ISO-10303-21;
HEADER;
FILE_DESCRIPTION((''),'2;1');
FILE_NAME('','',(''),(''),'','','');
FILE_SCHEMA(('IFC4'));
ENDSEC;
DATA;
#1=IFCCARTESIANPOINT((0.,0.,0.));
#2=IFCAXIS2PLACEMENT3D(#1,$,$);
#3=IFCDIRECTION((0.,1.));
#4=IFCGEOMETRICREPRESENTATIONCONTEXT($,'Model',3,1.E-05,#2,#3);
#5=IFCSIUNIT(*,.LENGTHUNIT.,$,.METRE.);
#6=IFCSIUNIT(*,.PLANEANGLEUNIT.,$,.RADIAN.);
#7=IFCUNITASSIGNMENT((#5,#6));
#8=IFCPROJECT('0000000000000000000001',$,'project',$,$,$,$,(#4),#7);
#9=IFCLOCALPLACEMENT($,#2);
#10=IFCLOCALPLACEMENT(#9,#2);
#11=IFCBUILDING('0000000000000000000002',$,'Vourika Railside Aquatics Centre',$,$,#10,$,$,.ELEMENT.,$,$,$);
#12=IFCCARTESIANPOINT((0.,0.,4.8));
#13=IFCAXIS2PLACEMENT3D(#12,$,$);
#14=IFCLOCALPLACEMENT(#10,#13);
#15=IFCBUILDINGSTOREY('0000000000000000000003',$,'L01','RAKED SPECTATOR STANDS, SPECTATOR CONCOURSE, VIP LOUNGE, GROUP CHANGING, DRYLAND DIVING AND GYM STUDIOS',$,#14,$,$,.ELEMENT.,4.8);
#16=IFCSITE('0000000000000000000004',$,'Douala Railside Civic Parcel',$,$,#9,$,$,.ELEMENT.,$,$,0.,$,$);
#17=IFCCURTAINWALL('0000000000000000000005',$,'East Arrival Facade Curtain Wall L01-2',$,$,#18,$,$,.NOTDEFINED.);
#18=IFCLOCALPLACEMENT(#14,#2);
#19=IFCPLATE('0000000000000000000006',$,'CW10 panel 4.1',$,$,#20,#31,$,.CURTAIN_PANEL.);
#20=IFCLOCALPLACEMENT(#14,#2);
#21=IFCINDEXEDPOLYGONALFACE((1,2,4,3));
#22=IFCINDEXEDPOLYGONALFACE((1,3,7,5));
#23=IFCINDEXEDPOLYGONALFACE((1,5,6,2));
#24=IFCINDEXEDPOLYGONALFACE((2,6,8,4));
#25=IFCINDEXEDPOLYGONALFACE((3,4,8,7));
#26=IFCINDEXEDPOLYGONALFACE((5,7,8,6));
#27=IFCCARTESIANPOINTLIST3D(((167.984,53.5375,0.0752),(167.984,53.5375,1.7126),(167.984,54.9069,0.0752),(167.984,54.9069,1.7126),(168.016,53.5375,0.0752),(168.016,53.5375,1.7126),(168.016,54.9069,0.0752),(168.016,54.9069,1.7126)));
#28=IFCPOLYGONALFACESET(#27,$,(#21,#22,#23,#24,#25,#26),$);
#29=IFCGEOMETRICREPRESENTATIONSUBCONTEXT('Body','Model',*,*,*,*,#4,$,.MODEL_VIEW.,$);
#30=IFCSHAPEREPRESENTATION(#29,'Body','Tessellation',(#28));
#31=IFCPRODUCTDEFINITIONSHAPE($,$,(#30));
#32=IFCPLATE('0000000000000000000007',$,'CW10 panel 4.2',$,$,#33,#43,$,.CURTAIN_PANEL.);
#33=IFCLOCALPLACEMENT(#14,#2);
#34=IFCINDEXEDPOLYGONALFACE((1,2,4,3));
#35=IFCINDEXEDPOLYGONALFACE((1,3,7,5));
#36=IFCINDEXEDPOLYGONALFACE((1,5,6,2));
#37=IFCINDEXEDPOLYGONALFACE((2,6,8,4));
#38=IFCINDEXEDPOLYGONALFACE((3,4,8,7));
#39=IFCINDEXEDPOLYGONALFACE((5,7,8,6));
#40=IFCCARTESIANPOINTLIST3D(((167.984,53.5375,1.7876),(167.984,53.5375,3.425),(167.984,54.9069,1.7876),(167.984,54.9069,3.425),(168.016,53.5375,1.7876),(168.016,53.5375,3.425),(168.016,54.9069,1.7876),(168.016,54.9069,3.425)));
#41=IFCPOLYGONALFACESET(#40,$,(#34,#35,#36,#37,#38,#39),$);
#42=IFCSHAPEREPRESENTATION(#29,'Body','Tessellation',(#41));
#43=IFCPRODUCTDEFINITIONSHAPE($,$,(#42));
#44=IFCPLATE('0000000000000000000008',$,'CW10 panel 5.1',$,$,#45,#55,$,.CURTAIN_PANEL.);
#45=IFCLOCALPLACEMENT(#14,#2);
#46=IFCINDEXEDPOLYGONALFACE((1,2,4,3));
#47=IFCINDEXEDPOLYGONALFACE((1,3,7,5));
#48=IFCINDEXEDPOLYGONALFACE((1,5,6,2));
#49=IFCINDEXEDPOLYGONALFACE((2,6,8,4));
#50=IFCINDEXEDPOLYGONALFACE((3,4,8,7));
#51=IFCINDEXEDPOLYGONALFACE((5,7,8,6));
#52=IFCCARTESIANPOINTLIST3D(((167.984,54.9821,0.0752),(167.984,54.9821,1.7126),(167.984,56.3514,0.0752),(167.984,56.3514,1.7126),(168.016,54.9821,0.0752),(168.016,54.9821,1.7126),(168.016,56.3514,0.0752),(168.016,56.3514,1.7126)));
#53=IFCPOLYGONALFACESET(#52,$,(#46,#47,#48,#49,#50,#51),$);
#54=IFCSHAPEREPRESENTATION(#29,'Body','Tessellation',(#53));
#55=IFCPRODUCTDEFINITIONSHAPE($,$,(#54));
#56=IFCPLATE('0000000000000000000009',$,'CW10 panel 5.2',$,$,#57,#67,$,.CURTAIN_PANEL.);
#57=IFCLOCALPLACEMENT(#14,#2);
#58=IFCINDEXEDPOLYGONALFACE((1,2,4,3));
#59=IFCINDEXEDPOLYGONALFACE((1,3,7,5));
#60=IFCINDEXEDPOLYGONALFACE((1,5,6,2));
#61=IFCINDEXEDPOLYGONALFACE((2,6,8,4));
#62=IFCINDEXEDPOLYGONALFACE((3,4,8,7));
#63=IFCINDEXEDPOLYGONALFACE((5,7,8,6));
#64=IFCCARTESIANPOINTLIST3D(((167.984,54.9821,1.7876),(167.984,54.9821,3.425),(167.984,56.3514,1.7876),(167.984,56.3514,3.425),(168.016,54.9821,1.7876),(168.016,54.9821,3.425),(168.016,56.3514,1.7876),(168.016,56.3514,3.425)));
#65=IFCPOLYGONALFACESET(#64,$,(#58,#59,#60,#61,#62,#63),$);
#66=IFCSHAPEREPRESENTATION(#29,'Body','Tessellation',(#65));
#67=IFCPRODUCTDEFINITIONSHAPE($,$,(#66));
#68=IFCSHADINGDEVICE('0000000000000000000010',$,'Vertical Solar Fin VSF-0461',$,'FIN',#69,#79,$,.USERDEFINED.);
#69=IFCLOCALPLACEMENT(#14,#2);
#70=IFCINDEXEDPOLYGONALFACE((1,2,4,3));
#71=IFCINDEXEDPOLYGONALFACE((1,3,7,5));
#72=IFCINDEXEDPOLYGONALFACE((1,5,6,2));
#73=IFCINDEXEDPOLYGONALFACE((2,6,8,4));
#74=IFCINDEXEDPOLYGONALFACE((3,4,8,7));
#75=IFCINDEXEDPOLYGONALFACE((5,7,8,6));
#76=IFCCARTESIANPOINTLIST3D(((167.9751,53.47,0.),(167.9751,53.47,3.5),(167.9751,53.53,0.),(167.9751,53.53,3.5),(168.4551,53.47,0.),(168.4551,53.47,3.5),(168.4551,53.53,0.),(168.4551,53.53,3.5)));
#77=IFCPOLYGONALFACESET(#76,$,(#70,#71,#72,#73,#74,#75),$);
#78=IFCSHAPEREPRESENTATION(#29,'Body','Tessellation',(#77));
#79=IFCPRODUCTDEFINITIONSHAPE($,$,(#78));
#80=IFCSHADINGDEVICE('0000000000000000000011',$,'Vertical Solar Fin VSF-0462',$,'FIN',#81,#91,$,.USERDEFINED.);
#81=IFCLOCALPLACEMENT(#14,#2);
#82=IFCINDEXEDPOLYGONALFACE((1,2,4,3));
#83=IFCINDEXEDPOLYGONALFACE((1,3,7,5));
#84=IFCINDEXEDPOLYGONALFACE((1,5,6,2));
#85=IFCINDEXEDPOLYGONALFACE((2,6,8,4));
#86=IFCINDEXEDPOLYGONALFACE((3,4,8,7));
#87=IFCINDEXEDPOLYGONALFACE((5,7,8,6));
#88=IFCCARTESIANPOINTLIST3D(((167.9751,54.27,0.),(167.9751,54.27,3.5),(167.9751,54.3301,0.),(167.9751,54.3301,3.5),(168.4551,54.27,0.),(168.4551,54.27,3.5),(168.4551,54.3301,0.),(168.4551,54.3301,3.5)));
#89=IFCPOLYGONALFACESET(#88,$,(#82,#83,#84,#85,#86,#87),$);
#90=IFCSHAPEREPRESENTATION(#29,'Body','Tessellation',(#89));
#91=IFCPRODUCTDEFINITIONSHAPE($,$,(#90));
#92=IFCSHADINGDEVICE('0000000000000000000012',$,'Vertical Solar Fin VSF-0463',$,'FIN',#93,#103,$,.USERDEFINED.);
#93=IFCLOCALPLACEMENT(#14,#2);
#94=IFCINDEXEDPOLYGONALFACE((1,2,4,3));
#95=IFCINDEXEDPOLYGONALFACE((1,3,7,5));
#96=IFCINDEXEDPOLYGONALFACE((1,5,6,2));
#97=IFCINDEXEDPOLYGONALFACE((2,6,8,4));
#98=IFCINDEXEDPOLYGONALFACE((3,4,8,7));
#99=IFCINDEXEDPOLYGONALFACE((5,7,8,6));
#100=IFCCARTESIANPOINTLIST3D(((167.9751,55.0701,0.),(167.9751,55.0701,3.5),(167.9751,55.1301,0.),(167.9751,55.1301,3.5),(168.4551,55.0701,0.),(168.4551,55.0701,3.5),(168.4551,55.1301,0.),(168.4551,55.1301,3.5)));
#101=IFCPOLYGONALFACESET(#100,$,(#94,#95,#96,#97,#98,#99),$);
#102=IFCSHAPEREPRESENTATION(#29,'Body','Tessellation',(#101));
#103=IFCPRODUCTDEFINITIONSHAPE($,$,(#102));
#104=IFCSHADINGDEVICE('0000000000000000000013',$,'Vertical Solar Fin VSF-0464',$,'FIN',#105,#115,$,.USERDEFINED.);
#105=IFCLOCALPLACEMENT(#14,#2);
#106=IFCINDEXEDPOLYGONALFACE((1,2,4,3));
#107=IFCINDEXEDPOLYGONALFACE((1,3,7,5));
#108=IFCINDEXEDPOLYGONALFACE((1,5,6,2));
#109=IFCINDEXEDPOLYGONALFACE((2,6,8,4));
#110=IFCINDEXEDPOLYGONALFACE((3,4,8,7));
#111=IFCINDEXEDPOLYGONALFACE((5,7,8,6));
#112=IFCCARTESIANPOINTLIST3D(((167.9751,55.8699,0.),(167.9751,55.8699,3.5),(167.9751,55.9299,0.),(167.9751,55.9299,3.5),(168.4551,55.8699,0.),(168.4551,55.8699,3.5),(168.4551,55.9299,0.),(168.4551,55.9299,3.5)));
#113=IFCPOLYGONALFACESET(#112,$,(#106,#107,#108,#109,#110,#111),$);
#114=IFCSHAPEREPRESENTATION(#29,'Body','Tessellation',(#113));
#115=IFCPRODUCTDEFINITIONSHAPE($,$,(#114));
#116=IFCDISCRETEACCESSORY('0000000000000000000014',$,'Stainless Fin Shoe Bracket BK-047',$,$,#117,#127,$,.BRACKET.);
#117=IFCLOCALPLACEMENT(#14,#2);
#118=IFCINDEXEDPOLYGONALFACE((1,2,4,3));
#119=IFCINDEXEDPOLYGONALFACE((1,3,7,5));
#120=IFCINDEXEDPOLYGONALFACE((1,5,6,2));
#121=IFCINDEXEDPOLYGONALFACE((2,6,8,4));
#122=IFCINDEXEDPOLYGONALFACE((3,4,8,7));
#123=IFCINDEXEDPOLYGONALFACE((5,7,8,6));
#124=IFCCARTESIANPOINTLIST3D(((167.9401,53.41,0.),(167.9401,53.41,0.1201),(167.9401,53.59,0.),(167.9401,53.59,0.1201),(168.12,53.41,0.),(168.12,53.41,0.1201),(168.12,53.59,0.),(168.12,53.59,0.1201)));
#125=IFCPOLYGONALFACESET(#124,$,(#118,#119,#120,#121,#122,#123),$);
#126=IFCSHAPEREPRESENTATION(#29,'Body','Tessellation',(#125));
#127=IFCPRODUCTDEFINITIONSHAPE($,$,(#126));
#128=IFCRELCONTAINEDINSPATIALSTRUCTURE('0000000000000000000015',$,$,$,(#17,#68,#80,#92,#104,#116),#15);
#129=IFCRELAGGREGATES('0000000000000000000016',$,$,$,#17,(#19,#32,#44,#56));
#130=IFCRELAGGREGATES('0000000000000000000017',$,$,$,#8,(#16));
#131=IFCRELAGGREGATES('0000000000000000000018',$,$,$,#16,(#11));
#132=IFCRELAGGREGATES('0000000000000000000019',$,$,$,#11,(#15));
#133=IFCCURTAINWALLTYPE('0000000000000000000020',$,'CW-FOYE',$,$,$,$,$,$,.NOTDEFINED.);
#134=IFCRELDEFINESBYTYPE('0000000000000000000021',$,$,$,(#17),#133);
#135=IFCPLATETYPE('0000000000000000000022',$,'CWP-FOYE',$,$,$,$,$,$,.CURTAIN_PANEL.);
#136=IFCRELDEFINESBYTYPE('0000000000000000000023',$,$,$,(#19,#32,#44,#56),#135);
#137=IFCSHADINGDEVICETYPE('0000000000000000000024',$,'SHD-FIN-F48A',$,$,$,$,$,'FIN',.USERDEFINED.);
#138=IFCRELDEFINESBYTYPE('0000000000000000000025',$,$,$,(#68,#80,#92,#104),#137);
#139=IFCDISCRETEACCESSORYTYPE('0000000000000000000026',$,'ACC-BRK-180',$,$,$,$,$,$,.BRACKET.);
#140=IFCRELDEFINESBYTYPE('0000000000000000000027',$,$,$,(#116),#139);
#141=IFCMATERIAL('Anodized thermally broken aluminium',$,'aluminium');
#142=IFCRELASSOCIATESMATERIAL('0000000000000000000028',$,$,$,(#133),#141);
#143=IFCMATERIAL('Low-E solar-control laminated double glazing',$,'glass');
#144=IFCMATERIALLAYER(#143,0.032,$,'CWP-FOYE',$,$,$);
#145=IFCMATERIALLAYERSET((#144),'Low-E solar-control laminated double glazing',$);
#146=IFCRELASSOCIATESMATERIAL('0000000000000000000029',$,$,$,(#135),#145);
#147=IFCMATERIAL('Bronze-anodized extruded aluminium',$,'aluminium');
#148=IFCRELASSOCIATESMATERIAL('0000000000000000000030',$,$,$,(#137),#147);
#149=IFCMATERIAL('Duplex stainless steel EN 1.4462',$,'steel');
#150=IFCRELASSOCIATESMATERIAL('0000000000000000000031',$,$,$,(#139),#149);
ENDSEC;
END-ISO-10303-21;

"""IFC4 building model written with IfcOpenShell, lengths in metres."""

from ifc_helpers import new_model, si_unit, direction, frame, origin, origin_2d, place, context, subcontext, project, spatial, rectangle, extrude, material, layer, layer_set, material_profile, profile_set, type_object, element, aggregate, save


model = new_model("IFC4")

# Units and contexts
model_context = context("Model", 3, precision=1e-05, world=origin(), true_north=direction((0.0, 1.0)))
body_context = subcontext(model_context, "Body", "Model", "MODEL_VIEW")
ifc_project = project(units=[si_unit("LENGTHUNIT", "METRE"), si_unit("PLANEANGLEUNIT", "RADIAN")], contexts=[model_context])

# Site, building, storey
site_placement = place(None, origin())
site = spatial("IfcSite", under=ifc_project, at=site_placement, Name="Douala Railside Civic Parcel", CompositionType="ELEMENT", RefElevation=0.0)
building_placement = place(site_placement, origin())
building = spatial("IfcBuilding", under=site, at=building_placement, Name="Vourika Railside Aquatics Centre", CompositionType="ELEMENT")
storey_placement = place(building_placement, frame((0.0, 0.0, 4.8)))
storey = spatial("IfcBuildingStorey", under=building, at=storey_placement, Name="L01", Description="RAKED SPECTATOR STANDS, SPECTATOR CONCOURSE, VIP LOUNGE, GROUP CHANGING, DRYLAND DIVING AND GYM STUDIOS", CompositionType="ELEMENT", Elevation=4.8)

# Curtain wall, plates
ifc_material_1 = material(Name="Anodized thermally broken aluminium", Category="aluminium")
curtain_wall_type = type_object("IfcCurtainWallType", Name="CW-FOYE", PredefinedType="NOTDEFINED", material=ifc_material_1)
curtain_wall_placement = place(storey_placement, origin())
curtain_wall = element("IfcCurtainWall", 1, at=curtain_wall_placement, inside=storey, type_object=curtain_wall_type, Name="East Arrival Facade Curtain Wall L01-2", PredefinedType="NOTDEFINED")
ifc_material_2 = material(Name="Low-E solar-control laminated double glazing", Category="glass")
ifc_layer = layer(ifc_material_2, 0.032, Name="CWP-FOYE")
ifc_layer_set = layer_set([ifc_layer], Name="Low-E solar-control laminated double glazing")
plate_type = type_object("IfcPlateType", Name="CWP-FOYE", PredefinedType="CURTAIN_PANEL", material=ifc_layer_set)
plate_1_placement = place(storey_placement, frame((168.0, 54.2222, 0.0752), z_axis=(0.0, 0.0, 1.0), x_axis=(0.0, 1.0, 0.0)))
plate_1 = element("IfcPlate", 2, at=plate_1_placement, type_object=plate_type, Name="CW10 panel 4.1", PredefinedType="CURTAIN_PANEL", context=body_context, shape_type="SweptSolid", body=[
    extrude(rectangle(XDim=1.3694, YDim=0.032, at=origin_2d()), origin(), (0.0, 0.0, 1.0), 1.6375),
])
plate_2_placement = place(storey_placement, frame((168.0, 54.2222, 1.7876), z_axis=(0.0, 0.0, 1.0), x_axis=(0.0, 1.0, 0.0)))
plate_2 = element("IfcPlate", 3, at=plate_2_placement, type_object=plate_type, Name="CW10 panel 4.2", PredefinedType="CURTAIN_PANEL", context=body_context, shape_type="SweptSolid", body=[
    extrude(rectangle(XDim=1.3694, YDim=0.032, at=origin_2d()), origin(), (0.0, 0.0, 1.0), 1.6375),
])
plate_3_placement = place(storey_placement, frame((168.0, 55.6667, 0.0752), z_axis=(0.0, 0.0, 1.0), x_axis=(0.0, 1.0, 0.0)))
plate_3 = element("IfcPlate", 4, at=plate_3_placement, type_object=plate_type, Name="CW10 panel 5.1", PredefinedType="CURTAIN_PANEL", context=body_context, shape_type="SweptSolid", body=[
    extrude(rectangle(XDim=1.3694, YDim=0.032, at=origin_2d()), origin(), (0.0, 0.0, 1.0), 1.6375),
])
plate_4_placement = place(storey_placement, frame((168.0, 55.6667, 1.7876), z_axis=(0.0, 0.0, 1.0), x_axis=(0.0, 1.0, 0.0)))
plate_4 = element("IfcPlate", 5, at=plate_4_placement, type_object=plate_type, Name="CW10 panel 5.2", PredefinedType="CURTAIN_PANEL", context=body_context, shape_type="SweptSolid", body=[
    extrude(rectangle(XDim=1.3694, YDim=0.032, at=origin_2d()), origin(), (0.0, 0.0, 1.0), 1.6375),
])
aggregate(curtain_wall, [plate_1, plate_2, plate_3, plate_4])

# Shading devices
ifc_material_3 = material(Name="Bronze-anodized extruded aluminium", Category="aluminium")
ifc_material_profile_1 = material_profile(ifc_material_3, rectangle(XDim=0.0601, YDim=0.48, at=origin_2d()), Name="ALU-FIN 60x480")
ifc_profile_set_1 = profile_set([ifc_material_profile_1], Name="Bronze-anodized extruded aluminium")
shading_device_type = type_object("IfcShadingDeviceType", Name="SHD-FIN-F48A", ElementType="FIN", PredefinedType="USERDEFINED", material=ifc_profile_set_1)
for number, where, z_axis, x_axis, name in (
    (6, (168.2151, 53.5, 0.0), (0.0, 0.0, 1.0), (0.0, -1.0, 0.0), "Vertical Solar Fin VSF-0461"),
    (7, (168.2151, 54.3, 0.0), (0.0, 0.0, 1.0), (0.0, -1.0, 0.0), "Vertical Solar Fin VSF-0462"),
    (8, (168.2151, 55.1001, 0.0), (0.0, 0.0, 1.0), (0.0, -1.0, 0.0), "Vertical Solar Fin VSF-0463"),
    (9, (168.2151, 55.8999, 0.0), (0.0, 0.0, 1.0), (0.0, -1.0, 0.0), "Vertical Solar Fin VSF-0464"),
):
    element("IfcShadingDevice", number, at=place(storey_placement, frame(where, z_axis=z_axis, x_axis=x_axis)), inside=storey, type_object=shading_device_type, Name=name, ObjectType="FIN", PredefinedType="USERDEFINED", context=body_context, shape_type="SweptSolid", body=[
        extrude(rectangle(XDim=0.0601, YDim=0.48, at=origin_2d()), origin(), (0.0, 0.0, 1.0), 3.5),
    ])

# Discrete accessory
ifc_material_4 = material(Name="Duplex stainless steel EN 1.4462", Category="steel")
discrete_accessory_type = type_object("IfcDiscreteAccessoryType", Name="ACC-BRK-180", PredefinedType="BRACKET", material=ifc_material_4)
discrete_accessory_placement = place(storey_placement, frame((168.03, 53.5, 0.0), z_axis=(0.0, 0.0, 1.0), x_axis=(1.0, 0.0, 0.0)))
element("IfcDiscreteAccessory", 10, at=discrete_accessory_placement, inside=storey, type_object=discrete_accessory_type, Name="Stainless Fin Shoe Bracket BK-047", PredefinedType="BRACKET", context=body_context, shape_type="SweptSolid", body=[
    extrude(rectangle(XDim=0.1799, YDim=0.1799, at=origin_2d()), origin(), (0.0, 0.0, 1.0), 0.1201),
])

save(model, "model.ifc")
